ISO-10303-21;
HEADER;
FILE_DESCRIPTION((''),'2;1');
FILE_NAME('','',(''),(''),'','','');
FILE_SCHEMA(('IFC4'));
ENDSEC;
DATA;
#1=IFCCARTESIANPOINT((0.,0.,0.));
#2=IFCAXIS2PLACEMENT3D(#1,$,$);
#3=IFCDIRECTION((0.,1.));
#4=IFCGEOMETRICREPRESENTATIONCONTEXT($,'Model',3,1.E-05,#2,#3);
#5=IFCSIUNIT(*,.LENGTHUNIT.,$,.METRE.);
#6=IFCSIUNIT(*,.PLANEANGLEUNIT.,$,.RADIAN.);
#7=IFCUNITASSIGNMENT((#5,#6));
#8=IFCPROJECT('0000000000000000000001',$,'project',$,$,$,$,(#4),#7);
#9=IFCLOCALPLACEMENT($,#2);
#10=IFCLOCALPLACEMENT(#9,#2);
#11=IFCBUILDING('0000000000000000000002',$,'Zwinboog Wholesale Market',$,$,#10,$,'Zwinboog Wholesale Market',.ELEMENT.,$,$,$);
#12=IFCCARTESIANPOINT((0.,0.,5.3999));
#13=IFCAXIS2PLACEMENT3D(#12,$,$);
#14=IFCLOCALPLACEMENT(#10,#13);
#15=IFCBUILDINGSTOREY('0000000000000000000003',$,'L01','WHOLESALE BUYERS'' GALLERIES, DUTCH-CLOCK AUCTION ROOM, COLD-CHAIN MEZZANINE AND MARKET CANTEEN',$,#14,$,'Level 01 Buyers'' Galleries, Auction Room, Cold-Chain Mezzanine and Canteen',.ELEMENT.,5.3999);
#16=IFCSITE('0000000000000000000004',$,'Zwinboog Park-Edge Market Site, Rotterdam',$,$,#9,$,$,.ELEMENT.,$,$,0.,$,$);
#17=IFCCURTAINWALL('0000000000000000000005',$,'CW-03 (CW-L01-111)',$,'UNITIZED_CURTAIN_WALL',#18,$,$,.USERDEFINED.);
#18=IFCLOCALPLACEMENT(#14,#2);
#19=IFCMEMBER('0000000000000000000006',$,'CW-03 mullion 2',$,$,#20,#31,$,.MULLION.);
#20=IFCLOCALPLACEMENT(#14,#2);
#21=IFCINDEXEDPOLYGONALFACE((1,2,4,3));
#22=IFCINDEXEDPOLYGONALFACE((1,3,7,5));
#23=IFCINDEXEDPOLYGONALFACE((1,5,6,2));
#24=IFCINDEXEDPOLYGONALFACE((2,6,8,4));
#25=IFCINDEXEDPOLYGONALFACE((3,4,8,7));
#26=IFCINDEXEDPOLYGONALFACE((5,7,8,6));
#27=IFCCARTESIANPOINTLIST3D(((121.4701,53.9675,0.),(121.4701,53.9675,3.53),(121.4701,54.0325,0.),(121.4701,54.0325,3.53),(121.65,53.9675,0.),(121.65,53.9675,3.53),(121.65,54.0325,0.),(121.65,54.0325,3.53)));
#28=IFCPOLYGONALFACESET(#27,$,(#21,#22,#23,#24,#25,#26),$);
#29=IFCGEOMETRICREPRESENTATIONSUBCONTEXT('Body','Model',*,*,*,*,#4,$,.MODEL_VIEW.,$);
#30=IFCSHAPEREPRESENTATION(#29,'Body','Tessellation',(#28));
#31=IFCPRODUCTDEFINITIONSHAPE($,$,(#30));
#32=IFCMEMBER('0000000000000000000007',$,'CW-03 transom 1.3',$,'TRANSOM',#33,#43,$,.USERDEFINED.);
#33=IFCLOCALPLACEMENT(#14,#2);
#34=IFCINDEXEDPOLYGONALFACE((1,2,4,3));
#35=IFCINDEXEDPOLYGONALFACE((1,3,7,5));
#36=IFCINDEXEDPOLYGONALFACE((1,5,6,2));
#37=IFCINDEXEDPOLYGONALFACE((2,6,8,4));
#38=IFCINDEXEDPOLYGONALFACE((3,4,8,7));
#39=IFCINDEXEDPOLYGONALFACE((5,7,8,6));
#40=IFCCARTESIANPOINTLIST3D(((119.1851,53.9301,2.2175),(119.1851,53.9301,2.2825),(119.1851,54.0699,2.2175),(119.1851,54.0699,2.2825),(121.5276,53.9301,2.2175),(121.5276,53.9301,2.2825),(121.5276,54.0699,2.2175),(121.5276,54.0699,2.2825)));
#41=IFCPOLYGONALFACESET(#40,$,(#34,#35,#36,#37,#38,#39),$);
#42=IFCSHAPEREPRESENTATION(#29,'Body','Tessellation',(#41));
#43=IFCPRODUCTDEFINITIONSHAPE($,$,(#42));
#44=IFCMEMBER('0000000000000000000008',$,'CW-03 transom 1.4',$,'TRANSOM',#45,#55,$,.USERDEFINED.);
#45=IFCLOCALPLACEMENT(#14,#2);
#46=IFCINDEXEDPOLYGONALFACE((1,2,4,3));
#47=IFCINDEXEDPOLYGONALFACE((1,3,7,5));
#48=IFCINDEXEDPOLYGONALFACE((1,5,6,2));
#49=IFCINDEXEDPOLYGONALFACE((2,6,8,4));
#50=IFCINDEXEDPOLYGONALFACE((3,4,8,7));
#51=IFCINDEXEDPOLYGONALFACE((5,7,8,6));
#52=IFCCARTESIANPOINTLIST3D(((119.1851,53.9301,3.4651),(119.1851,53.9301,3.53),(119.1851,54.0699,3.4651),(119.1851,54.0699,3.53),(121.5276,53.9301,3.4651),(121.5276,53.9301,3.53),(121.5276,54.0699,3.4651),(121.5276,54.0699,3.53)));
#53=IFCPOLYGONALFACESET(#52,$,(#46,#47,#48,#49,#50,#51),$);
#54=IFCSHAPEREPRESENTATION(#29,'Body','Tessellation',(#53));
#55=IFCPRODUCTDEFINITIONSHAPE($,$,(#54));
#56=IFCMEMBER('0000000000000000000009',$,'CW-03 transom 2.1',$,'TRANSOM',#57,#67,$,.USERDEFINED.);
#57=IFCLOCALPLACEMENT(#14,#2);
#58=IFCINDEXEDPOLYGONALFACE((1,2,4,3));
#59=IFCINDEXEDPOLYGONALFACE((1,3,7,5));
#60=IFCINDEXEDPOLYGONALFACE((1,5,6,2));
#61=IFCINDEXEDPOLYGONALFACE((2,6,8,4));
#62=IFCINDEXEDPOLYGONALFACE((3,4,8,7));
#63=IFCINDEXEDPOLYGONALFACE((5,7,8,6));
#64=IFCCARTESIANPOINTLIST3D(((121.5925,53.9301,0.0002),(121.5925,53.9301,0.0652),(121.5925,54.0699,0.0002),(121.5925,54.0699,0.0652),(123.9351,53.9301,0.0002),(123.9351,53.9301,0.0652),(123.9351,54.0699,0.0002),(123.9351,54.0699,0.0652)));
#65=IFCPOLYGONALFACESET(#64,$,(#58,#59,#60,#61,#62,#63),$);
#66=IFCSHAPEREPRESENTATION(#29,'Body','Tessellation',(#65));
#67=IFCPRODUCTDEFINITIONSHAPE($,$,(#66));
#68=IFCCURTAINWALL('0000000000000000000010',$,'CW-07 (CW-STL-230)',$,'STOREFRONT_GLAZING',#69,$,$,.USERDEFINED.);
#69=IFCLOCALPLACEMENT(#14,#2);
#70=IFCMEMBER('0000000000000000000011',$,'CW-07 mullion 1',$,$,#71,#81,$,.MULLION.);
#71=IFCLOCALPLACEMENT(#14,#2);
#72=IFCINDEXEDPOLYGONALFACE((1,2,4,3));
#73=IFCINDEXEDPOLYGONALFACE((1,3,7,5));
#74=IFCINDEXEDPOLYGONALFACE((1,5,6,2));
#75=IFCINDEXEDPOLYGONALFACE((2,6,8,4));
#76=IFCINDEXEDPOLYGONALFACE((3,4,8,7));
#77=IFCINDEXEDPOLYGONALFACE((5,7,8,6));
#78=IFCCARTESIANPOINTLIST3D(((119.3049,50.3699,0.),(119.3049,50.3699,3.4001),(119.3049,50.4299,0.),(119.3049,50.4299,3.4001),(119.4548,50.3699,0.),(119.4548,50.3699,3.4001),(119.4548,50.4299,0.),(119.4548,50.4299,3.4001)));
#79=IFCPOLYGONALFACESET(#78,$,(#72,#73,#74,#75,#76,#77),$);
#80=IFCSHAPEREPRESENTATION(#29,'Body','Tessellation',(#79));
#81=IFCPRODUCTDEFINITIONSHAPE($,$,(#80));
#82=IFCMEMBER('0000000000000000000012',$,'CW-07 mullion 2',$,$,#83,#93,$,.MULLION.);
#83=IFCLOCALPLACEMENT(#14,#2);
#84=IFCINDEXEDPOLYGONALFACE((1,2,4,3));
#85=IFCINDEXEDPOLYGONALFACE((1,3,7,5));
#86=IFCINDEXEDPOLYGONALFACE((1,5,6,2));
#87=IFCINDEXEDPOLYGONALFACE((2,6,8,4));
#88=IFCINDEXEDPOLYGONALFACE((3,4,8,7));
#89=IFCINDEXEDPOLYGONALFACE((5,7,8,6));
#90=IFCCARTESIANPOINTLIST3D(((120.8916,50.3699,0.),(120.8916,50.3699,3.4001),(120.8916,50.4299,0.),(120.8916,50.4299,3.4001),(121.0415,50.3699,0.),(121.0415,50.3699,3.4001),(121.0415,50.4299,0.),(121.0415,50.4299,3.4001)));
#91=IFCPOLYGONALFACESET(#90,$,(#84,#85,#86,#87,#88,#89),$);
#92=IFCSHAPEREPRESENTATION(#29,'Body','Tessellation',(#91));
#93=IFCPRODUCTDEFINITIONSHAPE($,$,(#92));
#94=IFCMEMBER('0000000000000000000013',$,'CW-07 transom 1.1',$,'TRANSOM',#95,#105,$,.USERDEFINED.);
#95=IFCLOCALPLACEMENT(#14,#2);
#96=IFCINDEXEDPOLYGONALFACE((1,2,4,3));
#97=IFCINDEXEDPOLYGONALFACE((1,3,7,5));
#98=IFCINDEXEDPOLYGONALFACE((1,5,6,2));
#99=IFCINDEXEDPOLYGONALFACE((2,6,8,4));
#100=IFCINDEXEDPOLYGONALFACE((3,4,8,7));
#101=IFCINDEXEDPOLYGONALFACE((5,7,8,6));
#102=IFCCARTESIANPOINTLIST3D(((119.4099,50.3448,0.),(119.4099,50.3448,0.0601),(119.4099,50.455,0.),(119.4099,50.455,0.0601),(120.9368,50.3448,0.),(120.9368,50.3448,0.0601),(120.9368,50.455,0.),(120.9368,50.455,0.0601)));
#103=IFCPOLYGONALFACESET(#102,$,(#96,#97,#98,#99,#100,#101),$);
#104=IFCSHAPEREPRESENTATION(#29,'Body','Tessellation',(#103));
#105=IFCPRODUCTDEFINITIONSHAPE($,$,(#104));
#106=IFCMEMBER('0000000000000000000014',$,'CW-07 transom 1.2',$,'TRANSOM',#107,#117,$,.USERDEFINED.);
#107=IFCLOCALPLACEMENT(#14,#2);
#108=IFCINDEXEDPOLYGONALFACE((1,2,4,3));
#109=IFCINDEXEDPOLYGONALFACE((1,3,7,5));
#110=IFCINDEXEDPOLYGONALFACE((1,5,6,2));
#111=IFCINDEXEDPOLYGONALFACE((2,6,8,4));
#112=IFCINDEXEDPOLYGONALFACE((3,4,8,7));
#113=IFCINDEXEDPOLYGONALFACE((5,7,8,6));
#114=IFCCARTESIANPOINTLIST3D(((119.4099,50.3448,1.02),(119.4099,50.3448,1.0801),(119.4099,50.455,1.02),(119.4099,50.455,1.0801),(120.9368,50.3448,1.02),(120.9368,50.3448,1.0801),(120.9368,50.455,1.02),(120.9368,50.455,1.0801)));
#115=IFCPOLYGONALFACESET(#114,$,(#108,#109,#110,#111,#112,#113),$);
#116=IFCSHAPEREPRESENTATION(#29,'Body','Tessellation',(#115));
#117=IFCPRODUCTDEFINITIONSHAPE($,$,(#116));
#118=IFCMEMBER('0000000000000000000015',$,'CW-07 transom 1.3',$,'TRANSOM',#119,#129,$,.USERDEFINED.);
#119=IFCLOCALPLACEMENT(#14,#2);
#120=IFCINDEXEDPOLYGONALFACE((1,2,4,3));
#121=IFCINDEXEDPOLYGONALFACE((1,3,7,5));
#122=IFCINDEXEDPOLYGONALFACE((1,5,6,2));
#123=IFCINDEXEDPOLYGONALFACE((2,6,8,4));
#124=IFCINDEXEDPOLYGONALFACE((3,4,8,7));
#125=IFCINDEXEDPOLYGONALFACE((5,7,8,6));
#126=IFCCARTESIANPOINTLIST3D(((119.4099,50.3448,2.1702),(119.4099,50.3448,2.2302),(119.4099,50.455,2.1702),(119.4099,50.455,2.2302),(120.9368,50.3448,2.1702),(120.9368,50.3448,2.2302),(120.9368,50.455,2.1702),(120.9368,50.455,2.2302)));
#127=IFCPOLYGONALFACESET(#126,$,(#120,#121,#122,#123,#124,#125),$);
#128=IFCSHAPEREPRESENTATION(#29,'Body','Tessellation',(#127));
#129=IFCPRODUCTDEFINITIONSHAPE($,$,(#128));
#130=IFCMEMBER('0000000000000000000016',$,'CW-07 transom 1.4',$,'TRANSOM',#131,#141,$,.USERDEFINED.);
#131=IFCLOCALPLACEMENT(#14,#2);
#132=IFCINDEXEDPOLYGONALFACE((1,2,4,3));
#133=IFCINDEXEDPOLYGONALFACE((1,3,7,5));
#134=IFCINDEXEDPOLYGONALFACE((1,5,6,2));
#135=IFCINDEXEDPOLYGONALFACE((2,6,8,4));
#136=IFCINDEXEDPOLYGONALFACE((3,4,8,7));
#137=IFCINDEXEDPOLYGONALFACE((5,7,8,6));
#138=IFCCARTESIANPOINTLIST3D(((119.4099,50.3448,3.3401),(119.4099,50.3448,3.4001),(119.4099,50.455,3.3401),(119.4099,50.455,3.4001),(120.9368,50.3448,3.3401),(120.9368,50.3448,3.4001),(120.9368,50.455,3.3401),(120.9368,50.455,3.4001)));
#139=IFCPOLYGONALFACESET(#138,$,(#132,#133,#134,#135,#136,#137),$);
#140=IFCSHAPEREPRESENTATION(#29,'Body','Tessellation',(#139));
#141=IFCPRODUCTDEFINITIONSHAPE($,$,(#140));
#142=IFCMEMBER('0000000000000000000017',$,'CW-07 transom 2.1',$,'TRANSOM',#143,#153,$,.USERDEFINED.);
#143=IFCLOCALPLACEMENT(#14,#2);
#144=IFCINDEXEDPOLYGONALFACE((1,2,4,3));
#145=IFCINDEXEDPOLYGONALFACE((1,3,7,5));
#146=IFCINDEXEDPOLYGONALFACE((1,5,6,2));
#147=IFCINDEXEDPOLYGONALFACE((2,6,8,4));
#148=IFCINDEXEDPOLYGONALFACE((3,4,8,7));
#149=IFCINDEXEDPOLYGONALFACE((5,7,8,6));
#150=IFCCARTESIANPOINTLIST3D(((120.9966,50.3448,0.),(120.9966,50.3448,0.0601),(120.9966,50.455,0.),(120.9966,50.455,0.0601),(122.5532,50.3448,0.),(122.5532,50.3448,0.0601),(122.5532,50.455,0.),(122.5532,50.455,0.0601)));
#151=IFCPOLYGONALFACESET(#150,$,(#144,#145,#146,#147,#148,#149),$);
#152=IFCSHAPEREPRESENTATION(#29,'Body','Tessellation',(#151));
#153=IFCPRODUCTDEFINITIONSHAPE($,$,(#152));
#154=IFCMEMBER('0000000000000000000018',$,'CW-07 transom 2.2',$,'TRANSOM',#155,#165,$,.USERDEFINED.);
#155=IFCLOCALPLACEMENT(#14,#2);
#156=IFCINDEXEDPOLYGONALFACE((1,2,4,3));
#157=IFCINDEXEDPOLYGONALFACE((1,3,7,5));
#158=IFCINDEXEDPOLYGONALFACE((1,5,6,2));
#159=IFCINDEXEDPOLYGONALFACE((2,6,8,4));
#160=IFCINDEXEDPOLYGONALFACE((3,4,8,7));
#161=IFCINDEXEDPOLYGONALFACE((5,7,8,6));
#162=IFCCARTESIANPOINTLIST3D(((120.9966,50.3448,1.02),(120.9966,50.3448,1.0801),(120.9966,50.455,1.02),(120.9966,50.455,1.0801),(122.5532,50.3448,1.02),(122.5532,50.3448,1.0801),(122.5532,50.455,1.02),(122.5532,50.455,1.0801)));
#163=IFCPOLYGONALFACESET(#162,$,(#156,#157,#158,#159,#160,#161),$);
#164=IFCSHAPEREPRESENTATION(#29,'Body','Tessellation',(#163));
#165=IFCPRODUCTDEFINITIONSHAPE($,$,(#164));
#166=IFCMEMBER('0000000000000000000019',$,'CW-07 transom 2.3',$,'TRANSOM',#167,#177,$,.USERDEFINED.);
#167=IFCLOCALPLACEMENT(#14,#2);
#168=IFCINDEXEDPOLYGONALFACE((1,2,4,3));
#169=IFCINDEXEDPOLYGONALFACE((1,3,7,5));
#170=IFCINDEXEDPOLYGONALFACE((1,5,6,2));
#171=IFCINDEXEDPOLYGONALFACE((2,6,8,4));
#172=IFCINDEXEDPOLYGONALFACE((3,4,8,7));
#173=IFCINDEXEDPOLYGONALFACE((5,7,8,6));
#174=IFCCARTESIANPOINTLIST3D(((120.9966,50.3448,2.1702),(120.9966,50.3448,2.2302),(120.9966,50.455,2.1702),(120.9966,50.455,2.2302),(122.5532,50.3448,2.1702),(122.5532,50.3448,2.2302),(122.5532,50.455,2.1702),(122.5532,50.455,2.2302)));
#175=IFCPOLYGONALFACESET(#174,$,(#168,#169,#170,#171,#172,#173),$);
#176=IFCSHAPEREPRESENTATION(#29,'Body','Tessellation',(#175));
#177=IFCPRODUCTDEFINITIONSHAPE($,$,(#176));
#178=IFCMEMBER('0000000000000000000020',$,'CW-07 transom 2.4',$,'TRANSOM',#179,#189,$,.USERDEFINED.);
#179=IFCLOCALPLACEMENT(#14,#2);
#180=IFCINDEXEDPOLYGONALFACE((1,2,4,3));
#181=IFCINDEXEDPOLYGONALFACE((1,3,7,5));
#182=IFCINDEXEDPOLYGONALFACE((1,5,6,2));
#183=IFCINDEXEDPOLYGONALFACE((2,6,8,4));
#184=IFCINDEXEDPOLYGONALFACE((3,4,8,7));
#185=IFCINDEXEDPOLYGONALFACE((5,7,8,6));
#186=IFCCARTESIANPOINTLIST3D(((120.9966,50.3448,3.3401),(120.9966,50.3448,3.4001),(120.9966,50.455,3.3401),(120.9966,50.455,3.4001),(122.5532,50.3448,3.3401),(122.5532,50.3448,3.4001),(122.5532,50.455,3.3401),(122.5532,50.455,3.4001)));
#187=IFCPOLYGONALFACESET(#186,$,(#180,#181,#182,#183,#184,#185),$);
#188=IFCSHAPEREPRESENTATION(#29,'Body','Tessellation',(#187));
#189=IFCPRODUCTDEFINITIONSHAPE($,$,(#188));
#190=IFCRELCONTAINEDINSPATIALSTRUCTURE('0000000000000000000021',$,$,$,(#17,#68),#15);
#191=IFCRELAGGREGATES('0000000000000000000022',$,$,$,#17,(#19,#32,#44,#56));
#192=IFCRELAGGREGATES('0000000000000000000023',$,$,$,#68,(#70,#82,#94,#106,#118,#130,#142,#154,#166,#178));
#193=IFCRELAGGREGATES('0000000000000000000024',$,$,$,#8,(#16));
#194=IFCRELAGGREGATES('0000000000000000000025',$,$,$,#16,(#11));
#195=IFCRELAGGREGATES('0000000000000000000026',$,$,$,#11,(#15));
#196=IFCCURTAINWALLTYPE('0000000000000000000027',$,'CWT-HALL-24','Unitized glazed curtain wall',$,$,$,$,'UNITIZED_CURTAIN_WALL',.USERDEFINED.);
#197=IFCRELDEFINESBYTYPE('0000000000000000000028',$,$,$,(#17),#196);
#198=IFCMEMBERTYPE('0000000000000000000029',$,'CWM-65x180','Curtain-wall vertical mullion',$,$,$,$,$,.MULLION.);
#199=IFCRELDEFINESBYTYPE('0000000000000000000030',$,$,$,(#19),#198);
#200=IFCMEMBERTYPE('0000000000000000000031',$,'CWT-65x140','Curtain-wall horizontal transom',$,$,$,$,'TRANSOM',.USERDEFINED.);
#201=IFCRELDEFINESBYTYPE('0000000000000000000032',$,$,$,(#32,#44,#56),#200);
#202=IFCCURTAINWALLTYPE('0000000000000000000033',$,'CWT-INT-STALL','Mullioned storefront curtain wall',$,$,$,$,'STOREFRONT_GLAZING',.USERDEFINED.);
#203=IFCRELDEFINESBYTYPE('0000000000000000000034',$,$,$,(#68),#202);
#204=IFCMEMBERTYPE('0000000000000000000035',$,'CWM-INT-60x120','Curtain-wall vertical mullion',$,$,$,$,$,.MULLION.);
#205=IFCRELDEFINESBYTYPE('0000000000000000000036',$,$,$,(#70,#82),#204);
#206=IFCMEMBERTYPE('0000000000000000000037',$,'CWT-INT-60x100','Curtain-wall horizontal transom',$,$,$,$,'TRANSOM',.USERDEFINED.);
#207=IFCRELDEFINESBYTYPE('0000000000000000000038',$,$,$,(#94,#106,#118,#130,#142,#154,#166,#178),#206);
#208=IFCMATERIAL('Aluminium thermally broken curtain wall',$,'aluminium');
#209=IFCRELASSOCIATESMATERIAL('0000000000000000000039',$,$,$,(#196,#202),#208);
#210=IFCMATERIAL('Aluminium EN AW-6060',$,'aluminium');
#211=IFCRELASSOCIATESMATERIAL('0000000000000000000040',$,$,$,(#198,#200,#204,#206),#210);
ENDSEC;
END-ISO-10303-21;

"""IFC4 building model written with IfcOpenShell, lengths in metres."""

from ifc_helpers import new_model, si_unit, direction, frame, origin, origin_2d, place, context, subcontext, project, spatial, rectangle, extrude, material, material_profile, profile_set, type_object, element, aggregate, save


model = new_model("IFC4")

# Units and contexts
model_context = context("Model", 3, precision=1e-05, world=origin(), true_north=direction((0.0, 1.0)))
body_context = subcontext(model_context, "Body", "Model", "MODEL_VIEW")
ifc_project = project(units=[si_unit("LENGTHUNIT", "METRE"), si_unit("PLANEANGLEUNIT", "RADIAN")], contexts=[model_context])

# Site, building, storey
site_placement = place(None, origin())
site = spatial("IfcSite", under=ifc_project, at=site_placement, Name="Zwinboog Park-Edge Market Site, Rotterdam", CompositionType="ELEMENT", RefElevation=0.0)
building_placement = place(site_placement, origin())
building = spatial("IfcBuilding", under=site, at=building_placement, Name="Zwinboog Wholesale Market", LongName="Zwinboog Wholesale Market", CompositionType="ELEMENT")
storey_placement = place(building_placement, frame((0.0, 0.0, 5.3999)))
storey = spatial("IfcBuildingStorey", under=building, at=storey_placement, Name="L01", Description="WHOLESALE BUYERS' GALLERIES, DUTCH-CLOCK AUCTION ROOM, COLD-CHAIN MEZZANINE AND MARKET CANTEEN", LongName="Level 01 Buyers' Galleries, Auction Room, Cold-Chain Mezzanine and Canteen", CompositionType="ELEMENT", Elevation=5.3999)

# Curtain walls, members
ifc_material_1 = material(Name="Aluminium thermally broken curtain wall", Category="aluminium")
curtain_wall_type_1 = type_object("IfcCurtainWallType", Name="CWT-HALL-24", Description="Unitized glazed curtain wall", ElementType="UNITIZED_CURTAIN_WALL", PredefinedType="USERDEFINED", material=ifc_material_1)
curtain_wall_1_placement = place(storey_placement, origin())
curtain_wall_1 = element("IfcCurtainWall", 1, at=curtain_wall_1_placement, inside=storey, type_object=curtain_wall_type_1, Name="CW-03 (CW-L01-111)", ObjectType="UNITIZED_CURTAIN_WALL", PredefinedType="USERDEFINED")
ifc_material_2 = material(Name="Aluminium EN AW-6060", Category="aluminium")
ifc_material_profile_1 = material_profile(ifc_material_2, rectangle(XDim=0.0649, YDim=0.1799, at=origin_2d()), Name="AL 65x180")
ifc_profile_set_1 = profile_set([ifc_material_profile_1], Name="Aluminium EN AW-6060")
member_type_1 = type_object("IfcMemberType", Name="CWM-65x180", Description="Curtain-wall vertical mullion", PredefinedType="MULLION", material=ifc_profile_set_1)
member_1_placement = place(storey_placement, frame((121.5601, 54.0, 0.0), z_axis=(0.0, 0.0, 1.0), x_axis=(0.0, 1.0, 0.0)))
member_1 = element("IfcMember", 2, at=member_1_placement, type_object=member_type_1, Name="CW-03 mullion 2", PredefinedType="MULLION", context=body_context, shape_type="SweptSolid", body=[
    extrude(rectangle(XDim=0.0649, YDim=0.1799, at=origin_2d()), origin(), (0.0, 0.0, 1.0), 3.53),
])
ifc_material_profile_2 = material_profile(ifc_material_2, rectangle(XDim=0.1399, YDim=0.0649, at=origin_2d()), Name="AL 65x140")
ifc_profile_set_2 = profile_set([ifc_material_profile_2], Name="Aluminium EN AW-6060")
member_type_2 = type_object("IfcMemberType", Name="CWT-65x140", Description="Curtain-wall horizontal transom", ElementType="TRANSOM", PredefinedType="USERDEFINED", material=ifc_profile_set_2)
member_2_placement = place(storey_placement, frame((119.1851, 54.0, 2.25), z_axis=(1.0, 0.0, 0.0), x_axis=(0.0, 1.0, 0.0)))
member_2 = element("IfcMember", 3, at=member_2_placement, type_object=member_type_2, Name="CW-03 transom 1.3", ObjectType="TRANSOM", PredefinedType="USERDEFINED", context=body_context, shape_type="SweptSolid", body=[
    extrude(rectangle(XDim=0.1399, YDim=0.0649, at=origin_2d()), origin(), (0.0, 0.0, 1.0), 2.3425),
])
member_3_placement = place(storey_placement, frame((119.1851, 54.0, 3.4976), z_axis=(1.0, 0.0, 0.0), x_axis=(0.0, 1.0, 0.0)))
member_3 = element("IfcMember", 4, at=member_3_placement, type_object=member_type_2, Name="CW-03 transom 1.4", ObjectType="TRANSOM", PredefinedType="USERDEFINED", context=body_context, shape_type="SweptSolid", body=[
    extrude(rectangle(XDim=0.1399, YDim=0.0649, at=origin_2d()), origin(), (0.0, 0.0, 1.0), 2.3425),
])
member_4_placement = place(storey_placement, frame((121.5925, 54.0, 0.0327), z_axis=(1.0, 0.0, 0.0), x_axis=(0.0, 1.0, 0.0)))
member_4 = element("IfcMember", 5, at=member_4_placement, type_object=member_type_2, Name="CW-03 transom 2.1", ObjectType="TRANSOM", PredefinedType="USERDEFINED", context=body_context, shape_type="SweptSolid", body=[
    extrude(rectangle(XDim=0.1399, YDim=0.0649, at=origin_2d()), origin(), (0.0, 0.0, 1.0), 2.3425),
])
curtain_wall_type_2 = type_object("IfcCurtainWallType", Name="CWT-INT-STALL", Description="Mullioned storefront curtain wall", ElementType="STOREFRONT_GLAZING", PredefinedType="USERDEFINED", material=ifc_material_1)
curtain_wall_2_placement = place(storey_placement, origin())
curtain_wall_2 = element("IfcCurtainWall", 6, at=curtain_wall_2_placement, inside=storey, type_object=curtain_wall_type_2, Name="CW-07 (CW-STL-230)", ObjectType="STOREFRONT_GLAZING", PredefinedType="USERDEFINED")
ifc_material_profile_3 = material_profile(ifc_material_2, rectangle(XDim=0.0601, YDim=0.1499, at=origin_2d()), Name="AL 60x150")
ifc_profile_set_3 = profile_set([ifc_material_profile_3], Name="Aluminium EN AW-6060")
member_type_3 = type_object("IfcMemberType", Name="CWM-INT-60x120", Description="Curtain-wall vertical mullion", PredefinedType="MULLION", material=ifc_profile_set_3)
member_5_placement = place(storey_placement, frame((119.3799, 50.3999, 0.0), z_axis=(0.0, 0.0, 1.0), x_axis=(0.0, 1.0, 0.0)))
member_5 = element("IfcMember", 7, at=member_5_placement, type_object=member_type_3, Name="CW-07 mullion 1", PredefinedType="MULLION", context=body_context, shape_type="SweptSolid", body=[
    extrude(rectangle(XDim=0.0601, YDim=0.1499, at=origin_2d()), origin(), (0.0, 0.0, 1.0), 3.4001),
])
member_6_placement = place(storey_placement, frame((120.9666, 50.3999, 0.0), z_axis=(0.0, 0.0, 1.0), x_axis=(0.0, 1.0, 0.0)))
member_6 = element("IfcMember", 8, at=member_6_placement, type_object=member_type_3, Name="CW-07 mullion 2", PredefinedType="MULLION", context=body_context, shape_type="SweptSolid", body=[
    extrude(rectangle(XDim=0.0601, YDim=0.1499, at=origin_2d()), origin(), (0.0, 0.0, 1.0), 3.4001),
])
ifc_material_profile_4 = material_profile(ifc_material_2, rectangle(XDim=0.1101, YDim=0.0601, at=origin_2d()), Name="AL 60x110")
ifc_profile_set_4 = profile_set([ifc_material_profile_4], Name="Aluminium EN AW-6060")
member_type_4 = type_object("IfcMemberType", Name="CWT-INT-60x100", Description="Curtain-wall horizontal transom", ElementType="TRANSOM", PredefinedType="USERDEFINED", material=ifc_profile_set_4)
member_7_placement = place(storey_placement, frame((119.4099, 50.3999, 0.03), z_axis=(1.0, 0.0, 0.0), x_axis=(0.0, 1.0, 0.0)))
member_7 = element("IfcMember", 9, at=member_7_placement, type_object=member_type_4, Name="CW-07 transom 1.1", ObjectType="TRANSOM", PredefinedType="USERDEFINED", context=body_context, shape_type="SweptSolid", body=[
    extrude(rectangle(XDim=0.1101, YDim=0.0601, at=origin_2d()), origin(), (0.0, 0.0, 1.0), 1.5269),
])
member_8_placement = place(storey_placement, frame((119.4099, 50.3999, 1.05), z_axis=(1.0, 0.0, 0.0), x_axis=(0.0, 1.0, 0.0)))
member_8 = element("IfcMember", 10, at=member_8_placement, type_object=member_type_4, Name="CW-07 transom 1.2", ObjectType="TRANSOM", PredefinedType="USERDEFINED", context=body_context, shape_type="SweptSolid", body=[
    extrude(rectangle(XDim=0.1101, YDim=0.0601, at=origin_2d()), origin(), (0.0, 0.0, 1.0), 1.5269),
])
member_9_placement = place(storey_placement, frame((119.4099, 50.3999, 2.2002), z_axis=(1.0, 0.0, 0.0), x_axis=(0.0, 1.0, 0.0)))
member_9 = element("IfcMember", 11, at=member_9_placement, type_object=member_type_4, Name="CW-07 transom 1.3", ObjectType="TRANSOM", PredefinedType="USERDEFINED", context=body_context, shape_type="SweptSolid", body=[
    extrude(rectangle(XDim=0.1101, YDim=0.0601, at=origin_2d()), origin(), (0.0, 0.0, 1.0), 1.5269),
])
member_10_placement = place(storey_placement, frame((119.4099, 50.3999, 3.3701), z_axis=(1.0, 0.0, 0.0), x_axis=(0.0, 1.0, 0.0)))
member_10 = element("IfcMember", 12, at=member_10_placement, type_object=member_type_4, Name="CW-07 transom 1.4", ObjectType="TRANSOM", PredefinedType="USERDEFINED", context=body_context, shape_type="SweptSolid", body=[
    extrude(rectangle(XDim=0.1101, YDim=0.0601, at=origin_2d()), origin(), (0.0, 0.0, 1.0), 1.5269),
])
member_11_placement = place(storey_placement, frame((120.9966, 50.3999, 0.03), z_axis=(1.0, 0.0, 0.0), x_axis=(0.0, 1.0, 0.0)))
member_11 = element("IfcMember", 13, at=member_11_placement, type_object=member_type_4, Name="CW-07 transom 2.1", ObjectType="TRANSOM", PredefinedType="USERDEFINED", context=body_context, shape_type="SweptSolid", body=[
    extrude(rectangle(XDim=0.1101, YDim=0.0601, at=origin_2d()), origin(), (0.0, 0.0, 1.0), 1.5566),
])
member_12_placement = place(storey_placement, frame((120.9966, 50.3999, 1.05), z_axis=(1.0, 0.0, 0.0), x_axis=(0.0, 1.0, 0.0)))
member_12 = element("IfcMember", 14, at=member_12_placement, type_object=member_type_4, Name="CW-07 transom 2.2", ObjectType="TRANSOM", PredefinedType="USERDEFINED", context=body_context, shape_type="SweptSolid", body=[
    extrude(rectangle(XDim=0.1101, YDim=0.0601, at=origin_2d()), origin(), (0.0, 0.0, 1.0), 1.5566),
])
member_13_placement = place(storey_placement, frame((120.9966, 50.3999, 2.2002), z_axis=(1.0, 0.0, 0.0), x_axis=(0.0, 1.0, 0.0)))
member_13 = element("IfcMember", 15, at=member_13_placement, type_object=member_type_4, Name="CW-07 transom 2.3", ObjectType="TRANSOM", PredefinedType="USERDEFINED", context=body_context, shape_type="SweptSolid", body=[
    extrude(rectangle(XDim=0.1101, YDim=0.0601, at=origin_2d()), origin(), (0.0, 0.0, 1.0), 1.5566),
])
member_14_placement = place(storey_placement, frame((120.9966, 50.3999, 3.3701), z_axis=(1.0, 0.0, 0.0), x_axis=(0.0, 1.0, 0.0)))
member_14 = element("IfcMember", 16, at=member_14_placement, type_object=member_type_4, Name="CW-07 transom 2.4", ObjectType="TRANSOM", PredefinedType="USERDEFINED", context=body_context, shape_type="SweptSolid", body=[
    extrude(rectangle(XDim=0.1101, YDim=0.0601, at=origin_2d()), origin(), (0.0, 0.0, 1.0), 1.5566),
])

aggregate(curtain_wall_1, [member_1, member_2, member_3, member_4])
aggregate(curtain_wall_2, [member_5, member_6, member_7, member_8, member_9, member_10, member_11, member_12, member_13, member_14])

save(model, "model.ifc")
